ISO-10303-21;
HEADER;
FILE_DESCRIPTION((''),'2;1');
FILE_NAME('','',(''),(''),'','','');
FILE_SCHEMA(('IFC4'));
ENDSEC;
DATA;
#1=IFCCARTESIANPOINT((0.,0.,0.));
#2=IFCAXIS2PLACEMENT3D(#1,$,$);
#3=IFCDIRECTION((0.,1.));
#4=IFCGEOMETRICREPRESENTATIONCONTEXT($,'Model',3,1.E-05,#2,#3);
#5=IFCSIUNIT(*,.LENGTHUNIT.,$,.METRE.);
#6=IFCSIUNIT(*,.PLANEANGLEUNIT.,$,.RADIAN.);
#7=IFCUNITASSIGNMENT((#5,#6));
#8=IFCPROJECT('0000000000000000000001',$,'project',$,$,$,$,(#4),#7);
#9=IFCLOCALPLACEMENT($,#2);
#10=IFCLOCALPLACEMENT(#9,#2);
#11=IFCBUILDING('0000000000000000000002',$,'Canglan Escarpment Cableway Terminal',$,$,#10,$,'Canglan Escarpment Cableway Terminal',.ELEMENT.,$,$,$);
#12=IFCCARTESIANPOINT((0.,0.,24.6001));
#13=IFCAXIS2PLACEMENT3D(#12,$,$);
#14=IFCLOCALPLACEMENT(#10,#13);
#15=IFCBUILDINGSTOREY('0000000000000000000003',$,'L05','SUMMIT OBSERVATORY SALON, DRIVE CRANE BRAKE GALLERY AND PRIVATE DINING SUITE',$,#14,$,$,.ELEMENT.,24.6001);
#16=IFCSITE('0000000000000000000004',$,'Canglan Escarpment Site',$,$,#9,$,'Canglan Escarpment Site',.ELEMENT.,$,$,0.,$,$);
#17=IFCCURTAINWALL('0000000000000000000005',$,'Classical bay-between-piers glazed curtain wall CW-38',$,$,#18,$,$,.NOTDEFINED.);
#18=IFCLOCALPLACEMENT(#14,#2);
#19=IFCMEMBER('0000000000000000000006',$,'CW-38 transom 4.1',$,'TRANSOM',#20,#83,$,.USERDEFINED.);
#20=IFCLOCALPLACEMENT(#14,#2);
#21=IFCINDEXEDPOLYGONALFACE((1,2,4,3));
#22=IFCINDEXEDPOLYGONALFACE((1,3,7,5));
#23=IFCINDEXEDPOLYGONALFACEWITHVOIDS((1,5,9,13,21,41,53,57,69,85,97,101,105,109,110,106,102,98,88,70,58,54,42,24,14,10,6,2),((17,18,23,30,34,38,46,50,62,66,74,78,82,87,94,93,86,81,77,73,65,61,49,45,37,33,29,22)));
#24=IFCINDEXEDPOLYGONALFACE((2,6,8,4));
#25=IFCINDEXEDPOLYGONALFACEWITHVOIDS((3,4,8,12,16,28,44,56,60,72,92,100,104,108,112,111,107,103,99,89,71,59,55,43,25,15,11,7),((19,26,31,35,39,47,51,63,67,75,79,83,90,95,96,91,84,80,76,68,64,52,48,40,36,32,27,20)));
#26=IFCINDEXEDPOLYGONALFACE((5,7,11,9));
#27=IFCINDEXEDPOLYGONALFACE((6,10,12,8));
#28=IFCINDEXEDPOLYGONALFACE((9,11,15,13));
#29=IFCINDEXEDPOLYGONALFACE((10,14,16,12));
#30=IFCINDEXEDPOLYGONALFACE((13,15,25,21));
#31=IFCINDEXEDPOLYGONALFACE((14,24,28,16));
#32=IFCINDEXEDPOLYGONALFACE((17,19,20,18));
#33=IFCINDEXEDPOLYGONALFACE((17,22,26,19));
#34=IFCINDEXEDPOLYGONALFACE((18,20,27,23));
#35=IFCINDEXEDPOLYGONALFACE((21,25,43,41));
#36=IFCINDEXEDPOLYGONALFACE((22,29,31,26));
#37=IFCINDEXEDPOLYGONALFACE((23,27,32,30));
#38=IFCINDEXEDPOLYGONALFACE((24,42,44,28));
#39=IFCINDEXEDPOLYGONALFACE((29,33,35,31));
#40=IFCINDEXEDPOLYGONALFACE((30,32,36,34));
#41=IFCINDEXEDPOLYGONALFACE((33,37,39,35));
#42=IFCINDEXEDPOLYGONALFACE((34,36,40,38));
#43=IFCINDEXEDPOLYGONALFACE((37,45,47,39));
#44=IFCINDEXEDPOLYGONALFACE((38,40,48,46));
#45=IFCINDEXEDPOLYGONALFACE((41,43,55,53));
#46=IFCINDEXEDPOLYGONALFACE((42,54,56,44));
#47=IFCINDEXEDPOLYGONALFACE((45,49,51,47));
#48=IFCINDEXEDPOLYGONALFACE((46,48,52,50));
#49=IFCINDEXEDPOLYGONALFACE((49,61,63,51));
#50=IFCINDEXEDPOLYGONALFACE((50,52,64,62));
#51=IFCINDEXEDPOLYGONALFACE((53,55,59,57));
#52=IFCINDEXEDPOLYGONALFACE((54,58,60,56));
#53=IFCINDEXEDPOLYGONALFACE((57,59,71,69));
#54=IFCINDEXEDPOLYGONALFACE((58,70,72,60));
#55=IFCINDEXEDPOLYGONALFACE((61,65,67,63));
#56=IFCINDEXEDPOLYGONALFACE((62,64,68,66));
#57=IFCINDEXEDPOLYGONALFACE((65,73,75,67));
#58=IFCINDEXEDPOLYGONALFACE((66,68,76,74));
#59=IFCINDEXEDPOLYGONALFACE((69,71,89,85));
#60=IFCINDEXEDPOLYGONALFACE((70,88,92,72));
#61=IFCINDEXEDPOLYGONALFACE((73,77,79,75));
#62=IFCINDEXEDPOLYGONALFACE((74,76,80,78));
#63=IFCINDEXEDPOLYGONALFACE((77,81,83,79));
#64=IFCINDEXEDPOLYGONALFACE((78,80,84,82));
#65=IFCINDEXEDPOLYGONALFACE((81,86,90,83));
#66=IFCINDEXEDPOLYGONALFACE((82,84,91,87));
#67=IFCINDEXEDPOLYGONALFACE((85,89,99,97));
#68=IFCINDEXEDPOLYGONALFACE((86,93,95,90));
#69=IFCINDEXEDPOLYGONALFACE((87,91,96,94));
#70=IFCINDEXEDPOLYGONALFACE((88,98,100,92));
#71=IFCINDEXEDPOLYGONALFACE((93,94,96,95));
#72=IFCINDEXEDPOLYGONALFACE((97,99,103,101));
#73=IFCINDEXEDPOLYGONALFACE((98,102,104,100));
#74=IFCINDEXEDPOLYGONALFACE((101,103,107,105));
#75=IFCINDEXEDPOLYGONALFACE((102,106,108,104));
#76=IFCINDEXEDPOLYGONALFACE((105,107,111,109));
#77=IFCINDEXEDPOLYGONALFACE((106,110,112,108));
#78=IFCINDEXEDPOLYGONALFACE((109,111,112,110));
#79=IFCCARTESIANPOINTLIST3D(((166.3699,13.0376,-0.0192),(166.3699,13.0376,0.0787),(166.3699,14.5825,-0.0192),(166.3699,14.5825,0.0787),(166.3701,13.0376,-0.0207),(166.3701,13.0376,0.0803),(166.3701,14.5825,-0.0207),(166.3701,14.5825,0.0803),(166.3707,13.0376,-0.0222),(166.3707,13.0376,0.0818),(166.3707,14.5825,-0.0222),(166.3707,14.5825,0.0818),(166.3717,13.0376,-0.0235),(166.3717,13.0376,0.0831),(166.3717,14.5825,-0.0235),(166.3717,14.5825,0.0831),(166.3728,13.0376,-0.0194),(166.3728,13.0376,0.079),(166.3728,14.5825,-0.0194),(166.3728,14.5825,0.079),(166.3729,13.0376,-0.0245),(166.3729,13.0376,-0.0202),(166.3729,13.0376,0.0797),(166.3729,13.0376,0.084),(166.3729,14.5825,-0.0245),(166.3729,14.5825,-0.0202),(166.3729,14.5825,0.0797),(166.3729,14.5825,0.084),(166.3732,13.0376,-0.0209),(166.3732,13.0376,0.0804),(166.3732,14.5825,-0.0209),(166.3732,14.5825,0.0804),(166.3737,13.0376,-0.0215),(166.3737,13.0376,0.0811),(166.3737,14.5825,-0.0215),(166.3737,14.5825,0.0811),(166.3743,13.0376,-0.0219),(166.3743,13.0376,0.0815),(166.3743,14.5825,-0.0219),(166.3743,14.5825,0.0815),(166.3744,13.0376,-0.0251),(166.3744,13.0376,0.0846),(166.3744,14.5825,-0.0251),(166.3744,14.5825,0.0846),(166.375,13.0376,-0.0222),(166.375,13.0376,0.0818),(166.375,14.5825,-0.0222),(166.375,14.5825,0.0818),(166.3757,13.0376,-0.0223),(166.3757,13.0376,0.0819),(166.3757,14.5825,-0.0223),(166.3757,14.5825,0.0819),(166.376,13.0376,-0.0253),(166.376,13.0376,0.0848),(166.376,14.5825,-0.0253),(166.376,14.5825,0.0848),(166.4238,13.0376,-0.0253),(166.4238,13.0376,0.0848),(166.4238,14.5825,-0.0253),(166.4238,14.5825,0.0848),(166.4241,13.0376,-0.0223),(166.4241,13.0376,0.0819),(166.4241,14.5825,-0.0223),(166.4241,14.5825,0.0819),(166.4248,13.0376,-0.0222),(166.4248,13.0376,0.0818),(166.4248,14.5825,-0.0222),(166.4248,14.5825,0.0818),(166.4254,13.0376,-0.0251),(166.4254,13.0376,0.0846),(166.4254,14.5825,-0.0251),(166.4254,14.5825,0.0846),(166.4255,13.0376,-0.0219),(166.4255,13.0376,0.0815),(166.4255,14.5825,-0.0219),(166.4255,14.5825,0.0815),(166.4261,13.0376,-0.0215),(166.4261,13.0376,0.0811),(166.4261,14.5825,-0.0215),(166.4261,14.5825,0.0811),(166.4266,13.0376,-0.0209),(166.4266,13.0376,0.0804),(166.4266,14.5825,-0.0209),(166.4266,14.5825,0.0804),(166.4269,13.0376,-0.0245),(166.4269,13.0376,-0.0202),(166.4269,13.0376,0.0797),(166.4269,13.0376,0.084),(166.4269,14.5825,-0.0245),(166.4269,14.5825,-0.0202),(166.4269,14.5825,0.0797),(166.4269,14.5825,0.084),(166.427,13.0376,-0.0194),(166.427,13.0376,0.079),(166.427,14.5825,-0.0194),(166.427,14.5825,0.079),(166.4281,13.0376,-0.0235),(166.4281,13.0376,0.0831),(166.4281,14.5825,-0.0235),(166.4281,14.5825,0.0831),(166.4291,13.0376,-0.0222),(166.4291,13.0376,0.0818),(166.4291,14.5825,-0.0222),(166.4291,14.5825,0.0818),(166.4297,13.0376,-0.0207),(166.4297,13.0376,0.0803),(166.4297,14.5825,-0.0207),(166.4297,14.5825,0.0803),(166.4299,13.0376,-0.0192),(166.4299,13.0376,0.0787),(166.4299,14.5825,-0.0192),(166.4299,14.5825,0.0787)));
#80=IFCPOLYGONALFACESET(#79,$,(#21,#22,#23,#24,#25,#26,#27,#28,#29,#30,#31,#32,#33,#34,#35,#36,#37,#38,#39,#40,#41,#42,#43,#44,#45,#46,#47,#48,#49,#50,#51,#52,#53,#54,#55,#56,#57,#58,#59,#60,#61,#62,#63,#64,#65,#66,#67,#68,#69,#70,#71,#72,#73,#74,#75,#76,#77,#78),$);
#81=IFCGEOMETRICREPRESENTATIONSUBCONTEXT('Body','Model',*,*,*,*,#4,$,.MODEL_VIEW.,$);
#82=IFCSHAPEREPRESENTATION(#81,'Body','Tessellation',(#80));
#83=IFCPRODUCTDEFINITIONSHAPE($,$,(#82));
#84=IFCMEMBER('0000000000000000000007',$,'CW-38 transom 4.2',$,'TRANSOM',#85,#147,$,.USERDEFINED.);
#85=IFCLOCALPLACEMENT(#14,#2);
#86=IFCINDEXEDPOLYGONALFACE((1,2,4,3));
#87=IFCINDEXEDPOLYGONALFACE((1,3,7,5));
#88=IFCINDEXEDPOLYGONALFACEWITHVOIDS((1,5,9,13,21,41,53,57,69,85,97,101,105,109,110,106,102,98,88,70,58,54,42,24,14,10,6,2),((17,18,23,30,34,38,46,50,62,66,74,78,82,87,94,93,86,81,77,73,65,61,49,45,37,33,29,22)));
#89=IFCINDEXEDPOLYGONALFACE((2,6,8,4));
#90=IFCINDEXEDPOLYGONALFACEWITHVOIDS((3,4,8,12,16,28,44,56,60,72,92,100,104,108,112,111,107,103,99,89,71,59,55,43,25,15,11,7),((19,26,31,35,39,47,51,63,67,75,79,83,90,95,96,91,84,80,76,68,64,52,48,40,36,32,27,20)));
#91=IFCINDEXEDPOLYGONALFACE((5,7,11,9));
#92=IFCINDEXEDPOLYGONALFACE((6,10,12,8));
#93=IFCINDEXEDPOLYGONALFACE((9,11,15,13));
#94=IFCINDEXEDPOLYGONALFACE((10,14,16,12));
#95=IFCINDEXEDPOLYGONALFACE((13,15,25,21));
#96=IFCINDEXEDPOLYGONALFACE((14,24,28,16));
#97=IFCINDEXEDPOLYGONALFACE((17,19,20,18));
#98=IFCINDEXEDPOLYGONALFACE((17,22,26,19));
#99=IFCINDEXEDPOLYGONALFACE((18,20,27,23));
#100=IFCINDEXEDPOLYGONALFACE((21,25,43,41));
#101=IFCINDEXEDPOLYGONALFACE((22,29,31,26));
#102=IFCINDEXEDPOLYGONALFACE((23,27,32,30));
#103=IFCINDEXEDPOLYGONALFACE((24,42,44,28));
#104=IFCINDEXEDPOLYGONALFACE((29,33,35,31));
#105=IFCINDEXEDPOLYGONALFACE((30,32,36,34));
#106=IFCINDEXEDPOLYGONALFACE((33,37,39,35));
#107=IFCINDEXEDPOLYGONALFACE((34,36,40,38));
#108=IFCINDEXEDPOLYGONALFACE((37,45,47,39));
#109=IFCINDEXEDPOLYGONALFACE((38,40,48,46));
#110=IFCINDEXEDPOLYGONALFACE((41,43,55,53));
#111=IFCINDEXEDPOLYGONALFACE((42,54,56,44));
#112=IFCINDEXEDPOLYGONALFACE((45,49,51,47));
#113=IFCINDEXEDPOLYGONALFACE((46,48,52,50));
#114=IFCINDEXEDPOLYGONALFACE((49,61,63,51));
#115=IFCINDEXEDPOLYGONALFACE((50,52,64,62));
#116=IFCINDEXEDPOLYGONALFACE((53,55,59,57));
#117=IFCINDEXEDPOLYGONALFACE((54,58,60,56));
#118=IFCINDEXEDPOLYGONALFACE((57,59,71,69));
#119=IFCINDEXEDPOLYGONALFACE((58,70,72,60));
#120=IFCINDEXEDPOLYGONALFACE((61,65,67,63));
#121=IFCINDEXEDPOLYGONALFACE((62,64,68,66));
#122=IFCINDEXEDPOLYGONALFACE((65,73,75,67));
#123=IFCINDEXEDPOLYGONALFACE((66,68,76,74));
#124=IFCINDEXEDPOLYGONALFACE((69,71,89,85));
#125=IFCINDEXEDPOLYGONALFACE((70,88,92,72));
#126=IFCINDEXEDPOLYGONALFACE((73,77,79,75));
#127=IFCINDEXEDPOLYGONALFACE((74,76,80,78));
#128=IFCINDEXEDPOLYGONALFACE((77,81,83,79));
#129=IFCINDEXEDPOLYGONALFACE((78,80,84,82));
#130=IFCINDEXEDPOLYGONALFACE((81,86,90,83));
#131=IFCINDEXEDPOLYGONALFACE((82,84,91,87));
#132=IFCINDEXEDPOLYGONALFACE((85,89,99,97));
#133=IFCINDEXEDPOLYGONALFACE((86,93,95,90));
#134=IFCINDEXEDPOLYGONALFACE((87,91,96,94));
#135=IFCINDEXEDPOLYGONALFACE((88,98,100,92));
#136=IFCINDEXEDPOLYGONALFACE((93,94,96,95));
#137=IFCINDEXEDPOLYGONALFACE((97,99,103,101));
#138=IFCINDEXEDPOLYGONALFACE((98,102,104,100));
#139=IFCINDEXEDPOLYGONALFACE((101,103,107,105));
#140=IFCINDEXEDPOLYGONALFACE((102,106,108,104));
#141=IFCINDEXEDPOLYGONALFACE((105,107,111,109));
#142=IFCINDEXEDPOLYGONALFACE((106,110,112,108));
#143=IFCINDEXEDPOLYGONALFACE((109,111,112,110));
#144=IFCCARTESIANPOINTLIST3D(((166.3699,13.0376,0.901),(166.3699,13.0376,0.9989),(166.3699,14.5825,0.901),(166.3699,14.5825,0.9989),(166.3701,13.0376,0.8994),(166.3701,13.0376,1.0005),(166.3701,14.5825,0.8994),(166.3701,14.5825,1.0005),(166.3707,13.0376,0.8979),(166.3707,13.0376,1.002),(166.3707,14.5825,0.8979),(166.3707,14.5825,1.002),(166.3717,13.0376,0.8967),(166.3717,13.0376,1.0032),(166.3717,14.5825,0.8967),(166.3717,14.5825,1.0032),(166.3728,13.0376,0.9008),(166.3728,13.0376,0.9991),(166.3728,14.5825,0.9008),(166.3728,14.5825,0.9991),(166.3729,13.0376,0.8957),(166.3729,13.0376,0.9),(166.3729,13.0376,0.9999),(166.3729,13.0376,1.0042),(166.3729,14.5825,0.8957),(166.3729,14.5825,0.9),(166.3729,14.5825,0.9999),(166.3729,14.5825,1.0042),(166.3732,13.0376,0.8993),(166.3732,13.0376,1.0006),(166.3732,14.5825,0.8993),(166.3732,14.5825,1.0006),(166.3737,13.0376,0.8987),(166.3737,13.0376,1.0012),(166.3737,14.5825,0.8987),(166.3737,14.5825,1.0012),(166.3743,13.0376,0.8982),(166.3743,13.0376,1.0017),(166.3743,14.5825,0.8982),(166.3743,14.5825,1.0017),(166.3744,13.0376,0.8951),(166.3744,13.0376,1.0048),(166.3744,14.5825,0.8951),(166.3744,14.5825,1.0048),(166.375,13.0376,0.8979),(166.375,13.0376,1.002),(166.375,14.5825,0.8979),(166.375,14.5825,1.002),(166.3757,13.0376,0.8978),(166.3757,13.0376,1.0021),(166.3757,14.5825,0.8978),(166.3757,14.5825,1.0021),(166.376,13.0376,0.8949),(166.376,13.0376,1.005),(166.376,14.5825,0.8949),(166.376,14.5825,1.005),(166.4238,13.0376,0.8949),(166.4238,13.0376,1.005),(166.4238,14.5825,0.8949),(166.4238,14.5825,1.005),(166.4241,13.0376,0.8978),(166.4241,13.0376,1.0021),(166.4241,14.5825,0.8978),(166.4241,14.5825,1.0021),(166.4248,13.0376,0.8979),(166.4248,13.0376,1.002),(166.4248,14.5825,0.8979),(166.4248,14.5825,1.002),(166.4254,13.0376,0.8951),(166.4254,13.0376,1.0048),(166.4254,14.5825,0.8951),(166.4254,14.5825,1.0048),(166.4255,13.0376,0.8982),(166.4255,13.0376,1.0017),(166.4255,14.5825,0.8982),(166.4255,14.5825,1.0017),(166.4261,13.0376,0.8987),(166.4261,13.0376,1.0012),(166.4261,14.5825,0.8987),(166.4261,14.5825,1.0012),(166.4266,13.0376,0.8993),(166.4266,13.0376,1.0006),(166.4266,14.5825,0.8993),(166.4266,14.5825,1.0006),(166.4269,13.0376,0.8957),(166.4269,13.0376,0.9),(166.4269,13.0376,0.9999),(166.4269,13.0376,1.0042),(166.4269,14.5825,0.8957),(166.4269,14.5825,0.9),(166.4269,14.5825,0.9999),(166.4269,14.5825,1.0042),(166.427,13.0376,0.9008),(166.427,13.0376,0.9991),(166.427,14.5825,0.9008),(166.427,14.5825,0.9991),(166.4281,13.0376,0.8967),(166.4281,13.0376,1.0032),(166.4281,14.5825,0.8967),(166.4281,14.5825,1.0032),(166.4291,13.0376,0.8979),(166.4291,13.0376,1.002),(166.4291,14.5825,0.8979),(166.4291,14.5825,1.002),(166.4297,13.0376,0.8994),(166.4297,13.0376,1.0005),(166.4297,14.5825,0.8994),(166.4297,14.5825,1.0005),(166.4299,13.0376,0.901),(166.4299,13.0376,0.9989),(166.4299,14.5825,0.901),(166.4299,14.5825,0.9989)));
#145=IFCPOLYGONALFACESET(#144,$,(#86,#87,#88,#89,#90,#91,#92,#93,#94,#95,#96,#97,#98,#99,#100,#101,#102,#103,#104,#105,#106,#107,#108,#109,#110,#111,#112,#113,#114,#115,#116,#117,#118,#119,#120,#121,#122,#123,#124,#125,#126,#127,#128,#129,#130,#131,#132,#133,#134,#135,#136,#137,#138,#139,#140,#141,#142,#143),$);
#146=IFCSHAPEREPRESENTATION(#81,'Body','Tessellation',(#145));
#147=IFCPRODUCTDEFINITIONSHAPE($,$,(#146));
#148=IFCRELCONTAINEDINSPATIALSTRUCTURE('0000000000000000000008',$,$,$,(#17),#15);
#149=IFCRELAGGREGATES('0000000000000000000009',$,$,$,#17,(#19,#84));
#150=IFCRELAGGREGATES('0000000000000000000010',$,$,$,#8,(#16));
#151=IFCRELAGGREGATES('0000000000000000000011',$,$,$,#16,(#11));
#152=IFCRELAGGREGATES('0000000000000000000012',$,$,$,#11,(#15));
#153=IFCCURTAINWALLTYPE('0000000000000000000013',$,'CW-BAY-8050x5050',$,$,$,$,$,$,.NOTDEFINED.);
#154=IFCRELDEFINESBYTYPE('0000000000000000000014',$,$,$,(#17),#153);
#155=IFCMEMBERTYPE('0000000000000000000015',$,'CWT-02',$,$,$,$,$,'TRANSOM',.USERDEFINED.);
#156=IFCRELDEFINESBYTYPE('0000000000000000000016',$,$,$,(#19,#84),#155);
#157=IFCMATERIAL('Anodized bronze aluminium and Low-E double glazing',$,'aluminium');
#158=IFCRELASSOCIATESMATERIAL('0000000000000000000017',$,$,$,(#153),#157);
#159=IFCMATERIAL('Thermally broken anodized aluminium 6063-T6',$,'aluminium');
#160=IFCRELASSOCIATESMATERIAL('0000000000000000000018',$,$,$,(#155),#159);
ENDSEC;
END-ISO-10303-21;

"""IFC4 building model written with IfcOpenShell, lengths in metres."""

from ifc_helpers import new_model, si_unit, direction, frame, origin, origin_2d, place, context, subcontext, project, spatial, hollow_rectangle, extrude, material, material_profile, profile_set, type_object, element, aggregate, save


model = new_model("IFC4")

# Units and contexts
model_context = context("Model", 3, precision=1e-05, world=origin(), true_north=direction((0.0, 1.0)))
body_context = subcontext(model_context, "Body", "Model", "MODEL_VIEW")
ifc_project = project(units=[si_unit("LENGTHUNIT", "METRE"), si_unit("PLANEANGLEUNIT", "RADIAN")], contexts=[model_context])

# Site, building, storey
site_placement = place(None, origin())
site = spatial("IfcSite", under=ifc_project, at=site_placement, Name="Canglan Escarpment Site", LongName="Canglan Escarpment Site", CompositionType="ELEMENT", RefElevation=0.0)
building_placement = place(site_placement, origin())
building = spatial("IfcBuilding", under=site, at=building_placement, Name="Canglan Escarpment Cableway Terminal", LongName="Canglan Escarpment Cableway Terminal", CompositionType="ELEMENT")
storey_placement = place(building_placement, frame((0.0, 0.0, 24.6001)))
storey = spatial("IfcBuildingStorey", under=building, at=storey_placement, Name="L05", Description="SUMMIT OBSERVATORY SALON, DRIVE CRANE BRAKE GALLERY AND PRIVATE DINING SUITE", CompositionType="ELEMENT", Elevation=24.6001)

# Curtain wall
ifc_material_1 = material(Name="Anodized bronze aluminium and Low-E double glazing", Category="aluminium")
curtain_wall_type_1 = type_object("IfcCurtainWallType", Name="CW-BAY-8050x5050", PredefinedType="NOTDEFINED", material=ifc_material_1)
curtain_wall_1_placement = place(storey_placement, origin())
curtain_wall_1 = element("IfcCurtainWall", 1, at=curtain_wall_1_placement, inside=storey, type_object=curtain_wall_type_1, Name="Classical bay-between-piers glazed curtain wall CW-38", PredefinedType="NOTDEFINED")
ifc_material_2 = material(Name="Thermally broken anodized aluminium 6063-T6", Category="aluminium")

# Members
ifc_material_profile_1 = material_profile(ifc_material_2, hollow_rectangle(XDim=0.0601, YDim=0.1101, WallThickness=0.0029, InnerFilletRadius=0.0029, OuterFilletRadius=0.0061, at=origin_2d()), Name="ALU-TRAN 60x110x3")
ifc_profile_set_1 = profile_set([ifc_material_profile_1], Name="Thermally broken anodized aluminium 6063-T6")
member_type_1 = type_object("IfcMemberType", Name="CWT-02", ElementType="TRANSOM", PredefinedType="USERDEFINED", material=ifc_profile_set_1)
member_1_placement = place(storey_placement, frame((166.3999, 13.0376, 0.0298), z_axis=(0.0, 1.0, 0.0), x_axis=(-1.0, 0.0, 0.0)))
member_1 = element("IfcMember", 2, at=member_1_placement, type_object=member_type_1, Name="CW-38 transom 4.1", ObjectType="TRANSOM", PredefinedType="USERDEFINED", context=body_context, shape_type="SweptSolid", body=[
    extrude(hollow_rectangle(XDim=0.0601, YDim=0.1101, WallThickness=0.0029, InnerFilletRadius=0.0029, OuterFilletRadius=0.0061, at=origin_2d()), origin(), (0.0, 0.0, 1.0), 1.5449),
])
member_2_placement = place(storey_placement, frame((166.3999, 13.0376, 0.95), z_axis=(0.0, 1.0, 0.0), x_axis=(-1.0, 0.0, 0.0)))
member_2 = element("IfcMember", 3, at=member_2_placement, type_object=member_type_1, Name="CW-38 transom 4.2", ObjectType="TRANSOM", PredefinedType="USERDEFINED", context=body_context, shape_type="SweptSolid", body=[
    extrude(hollow_rectangle(XDim=0.0601, YDim=0.1101, WallThickness=0.0029, InnerFilletRadius=0.0029, OuterFilletRadius=0.0061, at=origin_2d()), origin(), (0.0, 0.0, 1.0), 1.5449),
])

aggregate(curtain_wall_1, [member_1, member_2])

save(model, "model.ifc")
